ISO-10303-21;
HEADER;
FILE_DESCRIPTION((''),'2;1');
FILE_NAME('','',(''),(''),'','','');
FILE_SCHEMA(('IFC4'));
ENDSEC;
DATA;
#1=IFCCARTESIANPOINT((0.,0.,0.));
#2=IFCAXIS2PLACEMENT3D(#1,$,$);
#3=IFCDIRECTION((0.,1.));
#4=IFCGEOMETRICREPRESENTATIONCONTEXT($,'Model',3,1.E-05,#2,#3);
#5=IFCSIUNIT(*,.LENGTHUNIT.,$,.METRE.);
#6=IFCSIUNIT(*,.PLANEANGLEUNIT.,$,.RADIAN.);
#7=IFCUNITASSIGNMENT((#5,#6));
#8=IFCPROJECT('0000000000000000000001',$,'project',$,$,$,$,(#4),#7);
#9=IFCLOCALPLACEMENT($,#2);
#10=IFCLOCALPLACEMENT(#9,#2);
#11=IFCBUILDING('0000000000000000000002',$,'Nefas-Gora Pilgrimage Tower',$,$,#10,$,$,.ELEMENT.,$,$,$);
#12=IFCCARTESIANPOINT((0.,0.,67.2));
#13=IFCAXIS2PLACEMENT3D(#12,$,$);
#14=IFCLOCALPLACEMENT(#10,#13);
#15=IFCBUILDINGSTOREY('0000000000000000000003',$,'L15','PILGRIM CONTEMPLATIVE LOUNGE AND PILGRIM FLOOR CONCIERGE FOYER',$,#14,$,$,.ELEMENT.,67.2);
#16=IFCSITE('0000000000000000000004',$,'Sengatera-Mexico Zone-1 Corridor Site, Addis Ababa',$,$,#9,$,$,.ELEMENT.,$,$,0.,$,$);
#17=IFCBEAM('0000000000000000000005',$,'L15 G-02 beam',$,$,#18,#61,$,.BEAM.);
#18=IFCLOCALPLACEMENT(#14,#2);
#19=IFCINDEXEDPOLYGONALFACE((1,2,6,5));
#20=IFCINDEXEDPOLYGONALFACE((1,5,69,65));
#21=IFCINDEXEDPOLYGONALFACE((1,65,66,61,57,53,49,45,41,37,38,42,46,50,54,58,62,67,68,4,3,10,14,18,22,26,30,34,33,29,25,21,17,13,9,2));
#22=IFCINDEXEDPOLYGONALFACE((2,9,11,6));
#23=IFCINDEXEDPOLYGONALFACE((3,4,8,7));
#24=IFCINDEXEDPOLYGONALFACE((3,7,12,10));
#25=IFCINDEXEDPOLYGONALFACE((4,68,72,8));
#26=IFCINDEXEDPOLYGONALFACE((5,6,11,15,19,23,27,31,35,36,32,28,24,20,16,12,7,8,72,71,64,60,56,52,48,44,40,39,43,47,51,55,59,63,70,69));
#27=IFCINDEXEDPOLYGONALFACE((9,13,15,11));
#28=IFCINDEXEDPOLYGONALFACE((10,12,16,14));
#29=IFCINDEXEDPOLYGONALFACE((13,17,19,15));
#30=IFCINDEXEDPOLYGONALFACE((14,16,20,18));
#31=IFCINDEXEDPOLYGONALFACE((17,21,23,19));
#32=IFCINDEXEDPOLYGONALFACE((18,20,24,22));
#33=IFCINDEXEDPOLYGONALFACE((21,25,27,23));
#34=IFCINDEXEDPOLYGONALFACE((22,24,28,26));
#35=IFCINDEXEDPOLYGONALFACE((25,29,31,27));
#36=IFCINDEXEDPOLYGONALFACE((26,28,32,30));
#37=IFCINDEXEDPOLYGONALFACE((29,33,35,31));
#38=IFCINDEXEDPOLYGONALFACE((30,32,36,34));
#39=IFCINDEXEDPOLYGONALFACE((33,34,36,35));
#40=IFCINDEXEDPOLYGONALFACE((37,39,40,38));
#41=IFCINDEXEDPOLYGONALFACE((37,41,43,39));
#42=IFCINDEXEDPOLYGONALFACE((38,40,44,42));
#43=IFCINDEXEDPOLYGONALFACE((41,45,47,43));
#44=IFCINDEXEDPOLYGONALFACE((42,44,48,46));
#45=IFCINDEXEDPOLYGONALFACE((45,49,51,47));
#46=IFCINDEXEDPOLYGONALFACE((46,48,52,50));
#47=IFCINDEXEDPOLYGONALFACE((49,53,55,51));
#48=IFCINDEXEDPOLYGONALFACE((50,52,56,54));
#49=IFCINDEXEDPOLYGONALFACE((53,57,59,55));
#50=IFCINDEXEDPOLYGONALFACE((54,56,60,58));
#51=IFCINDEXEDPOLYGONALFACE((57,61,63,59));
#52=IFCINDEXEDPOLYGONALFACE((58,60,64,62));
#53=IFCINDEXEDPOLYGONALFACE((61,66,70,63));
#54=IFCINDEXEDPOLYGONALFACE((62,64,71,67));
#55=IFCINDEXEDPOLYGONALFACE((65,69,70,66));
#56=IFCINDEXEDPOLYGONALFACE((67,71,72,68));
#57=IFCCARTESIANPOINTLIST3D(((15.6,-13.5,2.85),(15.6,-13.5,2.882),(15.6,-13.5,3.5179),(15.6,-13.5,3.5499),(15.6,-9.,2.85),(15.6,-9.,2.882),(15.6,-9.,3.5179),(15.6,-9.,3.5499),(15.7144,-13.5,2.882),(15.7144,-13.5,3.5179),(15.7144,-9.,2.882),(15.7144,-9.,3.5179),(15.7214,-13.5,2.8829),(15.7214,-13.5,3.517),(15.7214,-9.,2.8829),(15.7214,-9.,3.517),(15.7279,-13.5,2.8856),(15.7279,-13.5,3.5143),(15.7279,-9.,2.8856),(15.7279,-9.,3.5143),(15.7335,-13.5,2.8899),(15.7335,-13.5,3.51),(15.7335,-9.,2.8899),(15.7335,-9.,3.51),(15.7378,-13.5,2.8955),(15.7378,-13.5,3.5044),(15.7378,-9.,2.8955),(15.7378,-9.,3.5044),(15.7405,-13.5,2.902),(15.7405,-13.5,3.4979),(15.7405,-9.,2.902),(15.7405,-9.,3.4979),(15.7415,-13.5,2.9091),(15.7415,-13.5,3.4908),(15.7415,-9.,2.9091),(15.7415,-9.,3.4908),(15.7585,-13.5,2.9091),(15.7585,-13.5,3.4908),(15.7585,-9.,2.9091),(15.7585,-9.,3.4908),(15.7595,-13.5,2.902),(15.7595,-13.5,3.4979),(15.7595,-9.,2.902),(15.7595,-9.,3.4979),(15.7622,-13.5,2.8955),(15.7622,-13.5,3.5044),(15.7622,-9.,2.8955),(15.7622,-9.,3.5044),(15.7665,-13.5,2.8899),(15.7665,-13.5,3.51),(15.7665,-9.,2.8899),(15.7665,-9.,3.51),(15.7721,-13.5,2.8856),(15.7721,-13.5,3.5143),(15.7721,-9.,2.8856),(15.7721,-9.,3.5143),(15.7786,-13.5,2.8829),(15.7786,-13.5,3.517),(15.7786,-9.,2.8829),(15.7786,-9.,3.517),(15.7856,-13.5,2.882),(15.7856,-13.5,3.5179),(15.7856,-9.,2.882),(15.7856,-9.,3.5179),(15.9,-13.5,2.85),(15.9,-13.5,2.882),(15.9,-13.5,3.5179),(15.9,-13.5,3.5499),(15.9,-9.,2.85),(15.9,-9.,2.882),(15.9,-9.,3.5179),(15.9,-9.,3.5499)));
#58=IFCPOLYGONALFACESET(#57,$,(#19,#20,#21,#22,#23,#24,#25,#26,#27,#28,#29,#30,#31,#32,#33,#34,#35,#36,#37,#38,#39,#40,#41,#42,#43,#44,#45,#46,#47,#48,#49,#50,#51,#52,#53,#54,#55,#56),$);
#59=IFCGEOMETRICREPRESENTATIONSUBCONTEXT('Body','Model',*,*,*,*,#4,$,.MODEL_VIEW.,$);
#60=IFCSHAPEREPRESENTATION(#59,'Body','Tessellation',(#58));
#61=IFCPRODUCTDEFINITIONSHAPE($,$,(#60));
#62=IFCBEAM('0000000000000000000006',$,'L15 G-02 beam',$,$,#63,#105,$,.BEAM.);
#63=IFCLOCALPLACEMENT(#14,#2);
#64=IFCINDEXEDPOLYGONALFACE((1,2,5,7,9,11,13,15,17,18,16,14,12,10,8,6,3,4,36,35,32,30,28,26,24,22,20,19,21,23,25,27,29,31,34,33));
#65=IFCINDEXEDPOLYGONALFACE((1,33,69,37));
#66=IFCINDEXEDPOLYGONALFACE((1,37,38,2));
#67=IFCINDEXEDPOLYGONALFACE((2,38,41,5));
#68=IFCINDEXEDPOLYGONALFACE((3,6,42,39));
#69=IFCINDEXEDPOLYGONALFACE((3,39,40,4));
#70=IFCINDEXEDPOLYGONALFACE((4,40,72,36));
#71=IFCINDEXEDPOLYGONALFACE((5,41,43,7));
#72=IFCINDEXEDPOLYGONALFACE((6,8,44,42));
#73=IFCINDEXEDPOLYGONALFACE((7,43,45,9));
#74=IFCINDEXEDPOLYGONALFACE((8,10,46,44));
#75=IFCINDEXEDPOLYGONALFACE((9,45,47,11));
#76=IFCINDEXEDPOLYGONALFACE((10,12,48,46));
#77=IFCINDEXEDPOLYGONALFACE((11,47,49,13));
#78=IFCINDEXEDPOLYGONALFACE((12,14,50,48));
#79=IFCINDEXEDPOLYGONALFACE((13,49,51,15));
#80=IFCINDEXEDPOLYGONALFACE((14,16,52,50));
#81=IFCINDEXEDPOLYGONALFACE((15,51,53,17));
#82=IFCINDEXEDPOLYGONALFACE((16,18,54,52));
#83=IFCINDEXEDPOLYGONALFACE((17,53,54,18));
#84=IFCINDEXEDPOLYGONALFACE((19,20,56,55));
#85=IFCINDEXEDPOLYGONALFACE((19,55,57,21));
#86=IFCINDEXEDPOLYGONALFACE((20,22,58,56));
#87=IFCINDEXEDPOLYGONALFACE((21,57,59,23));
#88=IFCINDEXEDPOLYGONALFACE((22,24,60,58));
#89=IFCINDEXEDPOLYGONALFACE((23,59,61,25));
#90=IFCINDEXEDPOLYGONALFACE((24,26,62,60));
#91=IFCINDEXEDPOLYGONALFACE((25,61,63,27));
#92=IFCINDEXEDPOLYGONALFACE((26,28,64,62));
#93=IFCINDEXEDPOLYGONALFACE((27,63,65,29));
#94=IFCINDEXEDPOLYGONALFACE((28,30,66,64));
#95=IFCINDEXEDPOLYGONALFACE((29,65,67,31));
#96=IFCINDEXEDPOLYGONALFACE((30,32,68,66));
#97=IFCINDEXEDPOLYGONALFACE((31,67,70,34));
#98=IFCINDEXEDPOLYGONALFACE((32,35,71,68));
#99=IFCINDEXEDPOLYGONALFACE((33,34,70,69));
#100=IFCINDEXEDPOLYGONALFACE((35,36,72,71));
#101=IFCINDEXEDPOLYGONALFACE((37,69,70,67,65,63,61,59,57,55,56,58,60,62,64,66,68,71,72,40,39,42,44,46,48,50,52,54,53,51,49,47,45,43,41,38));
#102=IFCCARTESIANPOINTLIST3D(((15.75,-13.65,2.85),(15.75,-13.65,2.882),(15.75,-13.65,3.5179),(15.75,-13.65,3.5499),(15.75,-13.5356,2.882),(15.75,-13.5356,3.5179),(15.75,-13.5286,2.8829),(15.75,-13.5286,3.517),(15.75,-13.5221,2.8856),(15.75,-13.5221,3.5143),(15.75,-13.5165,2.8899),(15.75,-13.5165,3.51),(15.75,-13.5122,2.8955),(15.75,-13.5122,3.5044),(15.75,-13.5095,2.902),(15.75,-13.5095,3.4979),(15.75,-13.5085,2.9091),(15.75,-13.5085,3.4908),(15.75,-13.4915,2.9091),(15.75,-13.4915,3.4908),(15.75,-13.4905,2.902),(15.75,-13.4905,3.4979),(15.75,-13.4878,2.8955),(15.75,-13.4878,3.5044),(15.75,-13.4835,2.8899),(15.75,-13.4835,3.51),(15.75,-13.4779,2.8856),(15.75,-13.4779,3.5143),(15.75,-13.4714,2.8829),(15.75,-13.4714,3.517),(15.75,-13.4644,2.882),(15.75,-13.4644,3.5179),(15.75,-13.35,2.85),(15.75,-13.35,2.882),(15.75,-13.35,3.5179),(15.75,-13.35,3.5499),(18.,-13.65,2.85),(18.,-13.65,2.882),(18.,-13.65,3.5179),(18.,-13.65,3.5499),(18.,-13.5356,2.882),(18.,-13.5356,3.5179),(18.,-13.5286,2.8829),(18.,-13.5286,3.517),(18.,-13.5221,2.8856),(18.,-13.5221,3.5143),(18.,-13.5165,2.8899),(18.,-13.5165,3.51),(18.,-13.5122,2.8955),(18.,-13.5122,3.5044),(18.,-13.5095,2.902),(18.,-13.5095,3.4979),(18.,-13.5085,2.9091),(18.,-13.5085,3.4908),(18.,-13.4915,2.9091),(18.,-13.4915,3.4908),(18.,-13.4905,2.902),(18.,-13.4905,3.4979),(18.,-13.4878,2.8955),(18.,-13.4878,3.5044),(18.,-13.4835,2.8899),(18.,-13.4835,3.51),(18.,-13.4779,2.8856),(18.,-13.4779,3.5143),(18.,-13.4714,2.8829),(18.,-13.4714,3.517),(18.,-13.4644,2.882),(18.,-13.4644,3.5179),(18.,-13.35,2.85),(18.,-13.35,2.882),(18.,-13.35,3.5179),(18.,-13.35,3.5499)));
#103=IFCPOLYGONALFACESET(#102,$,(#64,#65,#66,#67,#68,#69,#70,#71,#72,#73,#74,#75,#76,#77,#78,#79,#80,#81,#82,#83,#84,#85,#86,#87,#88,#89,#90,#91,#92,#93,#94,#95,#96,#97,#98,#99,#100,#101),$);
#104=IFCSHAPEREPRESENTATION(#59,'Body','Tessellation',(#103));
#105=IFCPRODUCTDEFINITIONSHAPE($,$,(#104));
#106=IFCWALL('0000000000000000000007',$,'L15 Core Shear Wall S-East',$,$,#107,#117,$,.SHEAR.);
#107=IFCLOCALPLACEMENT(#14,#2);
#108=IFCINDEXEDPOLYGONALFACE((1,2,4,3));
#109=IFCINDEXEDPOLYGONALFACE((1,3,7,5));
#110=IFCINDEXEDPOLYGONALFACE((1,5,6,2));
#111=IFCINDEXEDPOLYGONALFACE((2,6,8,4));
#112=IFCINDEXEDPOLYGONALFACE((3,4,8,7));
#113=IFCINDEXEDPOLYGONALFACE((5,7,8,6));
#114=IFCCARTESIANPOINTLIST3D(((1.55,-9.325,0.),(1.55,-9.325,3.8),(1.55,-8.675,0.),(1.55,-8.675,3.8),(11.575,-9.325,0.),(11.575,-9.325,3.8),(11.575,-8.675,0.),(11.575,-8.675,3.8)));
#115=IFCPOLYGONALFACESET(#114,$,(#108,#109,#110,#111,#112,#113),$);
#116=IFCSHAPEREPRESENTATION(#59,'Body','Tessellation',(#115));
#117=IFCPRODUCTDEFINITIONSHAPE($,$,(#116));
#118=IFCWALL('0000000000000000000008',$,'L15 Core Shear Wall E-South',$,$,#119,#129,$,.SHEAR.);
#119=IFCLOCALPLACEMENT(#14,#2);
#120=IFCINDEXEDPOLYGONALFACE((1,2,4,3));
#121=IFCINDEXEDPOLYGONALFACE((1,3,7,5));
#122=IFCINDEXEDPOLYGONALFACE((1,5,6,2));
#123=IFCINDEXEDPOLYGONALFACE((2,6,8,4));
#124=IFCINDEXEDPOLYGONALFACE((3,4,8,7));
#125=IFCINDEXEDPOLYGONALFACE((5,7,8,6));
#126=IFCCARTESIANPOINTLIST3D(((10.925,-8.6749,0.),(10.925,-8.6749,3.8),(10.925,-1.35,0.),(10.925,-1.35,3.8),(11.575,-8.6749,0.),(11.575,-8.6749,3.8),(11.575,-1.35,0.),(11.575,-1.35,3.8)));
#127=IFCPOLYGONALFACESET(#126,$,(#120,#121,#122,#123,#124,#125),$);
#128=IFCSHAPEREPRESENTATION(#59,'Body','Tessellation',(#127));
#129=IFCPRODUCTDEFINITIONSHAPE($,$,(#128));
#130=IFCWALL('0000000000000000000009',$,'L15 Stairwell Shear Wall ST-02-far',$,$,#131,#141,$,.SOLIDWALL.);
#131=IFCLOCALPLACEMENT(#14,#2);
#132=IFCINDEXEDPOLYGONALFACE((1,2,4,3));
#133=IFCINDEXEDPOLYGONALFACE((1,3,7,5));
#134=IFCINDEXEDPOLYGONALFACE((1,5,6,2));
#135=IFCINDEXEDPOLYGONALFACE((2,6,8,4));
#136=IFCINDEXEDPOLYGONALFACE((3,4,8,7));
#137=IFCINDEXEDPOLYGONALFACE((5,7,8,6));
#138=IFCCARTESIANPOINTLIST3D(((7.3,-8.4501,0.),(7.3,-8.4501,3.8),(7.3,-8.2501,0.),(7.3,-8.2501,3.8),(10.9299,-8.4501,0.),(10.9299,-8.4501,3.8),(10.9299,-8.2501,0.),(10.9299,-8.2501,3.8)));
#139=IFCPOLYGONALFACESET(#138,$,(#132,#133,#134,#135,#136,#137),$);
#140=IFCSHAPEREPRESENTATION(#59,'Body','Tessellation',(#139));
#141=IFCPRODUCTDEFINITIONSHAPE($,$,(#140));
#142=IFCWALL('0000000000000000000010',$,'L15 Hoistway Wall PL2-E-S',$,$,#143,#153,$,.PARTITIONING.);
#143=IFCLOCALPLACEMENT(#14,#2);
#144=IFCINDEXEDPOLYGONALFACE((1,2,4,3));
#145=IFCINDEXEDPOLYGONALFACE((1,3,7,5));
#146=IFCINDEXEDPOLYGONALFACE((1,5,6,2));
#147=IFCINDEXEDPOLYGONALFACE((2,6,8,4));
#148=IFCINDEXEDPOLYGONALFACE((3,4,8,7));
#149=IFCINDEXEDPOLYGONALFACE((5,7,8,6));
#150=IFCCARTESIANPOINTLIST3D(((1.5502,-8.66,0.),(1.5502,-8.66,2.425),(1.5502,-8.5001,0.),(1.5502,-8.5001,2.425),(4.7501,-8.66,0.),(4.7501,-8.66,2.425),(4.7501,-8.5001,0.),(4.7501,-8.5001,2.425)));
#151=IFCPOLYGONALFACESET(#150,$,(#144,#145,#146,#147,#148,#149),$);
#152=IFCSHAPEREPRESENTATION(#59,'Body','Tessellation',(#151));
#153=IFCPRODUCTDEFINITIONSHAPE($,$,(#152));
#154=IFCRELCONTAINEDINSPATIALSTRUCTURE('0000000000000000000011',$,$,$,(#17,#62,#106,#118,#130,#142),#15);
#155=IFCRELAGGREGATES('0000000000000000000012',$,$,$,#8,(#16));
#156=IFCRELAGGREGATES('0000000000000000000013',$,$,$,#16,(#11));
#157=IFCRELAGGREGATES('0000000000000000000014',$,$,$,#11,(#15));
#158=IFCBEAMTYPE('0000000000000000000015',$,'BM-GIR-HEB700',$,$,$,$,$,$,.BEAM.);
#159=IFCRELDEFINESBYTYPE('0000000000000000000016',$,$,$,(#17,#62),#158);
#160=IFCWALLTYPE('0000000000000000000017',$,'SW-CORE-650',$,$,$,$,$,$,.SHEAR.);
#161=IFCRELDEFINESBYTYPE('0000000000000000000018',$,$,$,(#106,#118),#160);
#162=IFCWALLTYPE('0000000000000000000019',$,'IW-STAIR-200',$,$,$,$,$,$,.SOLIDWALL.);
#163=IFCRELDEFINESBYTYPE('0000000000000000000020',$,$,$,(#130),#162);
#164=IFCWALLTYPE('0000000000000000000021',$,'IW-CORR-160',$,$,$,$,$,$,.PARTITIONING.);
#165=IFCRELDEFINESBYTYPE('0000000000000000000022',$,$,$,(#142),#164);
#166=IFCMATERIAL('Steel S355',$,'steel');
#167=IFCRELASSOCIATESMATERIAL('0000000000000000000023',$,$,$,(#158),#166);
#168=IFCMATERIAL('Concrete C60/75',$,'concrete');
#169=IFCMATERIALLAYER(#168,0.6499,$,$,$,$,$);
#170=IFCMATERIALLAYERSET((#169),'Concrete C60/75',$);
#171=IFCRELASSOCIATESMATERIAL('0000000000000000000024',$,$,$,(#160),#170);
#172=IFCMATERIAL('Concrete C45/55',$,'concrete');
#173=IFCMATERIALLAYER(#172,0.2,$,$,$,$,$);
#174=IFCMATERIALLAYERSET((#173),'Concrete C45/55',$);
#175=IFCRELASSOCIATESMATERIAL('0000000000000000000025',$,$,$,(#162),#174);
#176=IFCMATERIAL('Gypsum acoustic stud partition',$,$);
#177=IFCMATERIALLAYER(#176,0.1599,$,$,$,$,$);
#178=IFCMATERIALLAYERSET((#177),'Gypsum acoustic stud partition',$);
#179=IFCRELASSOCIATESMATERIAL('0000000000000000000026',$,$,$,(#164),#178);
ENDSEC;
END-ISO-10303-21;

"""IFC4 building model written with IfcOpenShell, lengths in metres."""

from ifc_helpers import new_model, si_unit, direction, frame, frame_2d, origin, origin_2d, place, context, subcontext, project, spatial, rectangle, i_section, extrude, source, transform, mapped, material, layer, layer_set, material_profile, profile_set, type_object, element, save


model = new_model("IFC4")

# Units and contexts
model_context = context("Model", 3, precision=1e-05, world=origin(), true_north=direction((0.0, 1.0)))
body_context = subcontext(model_context, "Body", "Model", "MODEL_VIEW")
ifc_project = project(units=[si_unit("LENGTHUNIT", "METRE"), si_unit("PLANEANGLEUNIT", "RADIAN")], contexts=[model_context])

# Site, building, storey
site_placement = place(None, origin())
site = spatial("IfcSite", under=ifc_project, at=site_placement, Name="Sengatera-Mexico Zone-1 Corridor Site, Addis Ababa", CompositionType="ELEMENT", RefElevation=0.0)
building_placement = place(site_placement, origin())
building = spatial("IfcBuilding", under=site, at=building_placement, Name="Nefas-Gora Pilgrimage Tower", CompositionType="ELEMENT")
storey_placement = place(building_placement, frame((0.0, 0.0, 67.2)))
storey = spatial("IfcBuildingStorey", under=building, at=storey_placement, Name="L15", Description="PILGRIM CONTEMPLATIVE LOUNGE AND PILGRIM FLOOR CONCIERGE FOYER", CompositionType="ELEMENT", Elevation=67.2)

# Beams
ifc_material_1 = material(Name="Concrete C60/75", Category="concrete")
ifc_material_2 = material(Name="Steel S355", Category="steel")
ifc_material_profile_1 = material_profile(ifc_material_2, i_section(OverallWidth=0.3, OverallDepth=0.7, WebThickness=0.0171, FlangeThickness=0.032, FilletRadius=0.0271, at=origin_2d()), Name="HEB 700")
ifc_profile_set_1 = profile_set([ifc_material_profile_1], Name="Steel S355")
beam_type_1 = type_object("IfcBeamType", Name="BM-GIR-HEB700", PredefinedType="BEAM", material=ifc_profile_set_1)
shared_shape_1 = source(origin(), body_context, "Body", "SweptSolid", [
    extrude(i_section(OverallWidth=0.3, OverallDepth=0.7, WebThickness=0.0171, FlangeThickness=0.032, FilletRadius=0.0271, at=origin_2d()), origin(), (0.0, 0.0, 1.0), 4.5),
])
for number, where, z_axis, x_axis, name in (
    (1, (15.75, -13.5, 3.2), (0.0, 1.0, 0.0), (-1.0, 0.0, 0.0), "L15 G-02 beam"),
):
    element("IfcBeam", number, at=place(storey_placement, frame(where, z_axis=z_axis, x_axis=x_axis)), inside=storey, type_object=beam_type_1, Name=name, PredefinedType="BEAM", context=body_context, shape_type="MappedRepresentation", body=[
        mapped(shared_shape_1, transform((0.0, 0.0, 0.0), x_axis=(1.0, 0.0, 0.0), y_axis=(0.0, 1.0, 0.0), z_axis=(0.0, 0.0, 1.0), scale=1.0)),
    ])
shared_shape_2 = source(origin(), body_context, "Body", "SweptSolid", [
    extrude(i_section(OverallWidth=0.3, OverallDepth=0.7, WebThickness=0.0171, FlangeThickness=0.032, FilletRadius=0.0271, at=origin_2d()), origin(), (0.0, 0.0, 1.0), 2.25),
])
beam_1_placement = place(storey_placement, frame((15.75, -13.5, 3.2), z_axis=(1.0, 0.0, 0.0), x_axis=(0.0, 1.0, 0.0)))
element("IfcBeam", 2, at=beam_1_placement, inside=storey, type_object=beam_type_1, Name="L15 G-02 beam", PredefinedType="BEAM", context=body_context, shape_type="MappedRepresentation", body=[
    mapped(shared_shape_2, transform((0.0, 0.0, 0.0), x_axis=(1.0, 0.0, 0.0), y_axis=(0.0, 1.0, 0.0), z_axis=(0.0, 0.0, 1.0), scale=1.0)),
])

# Walls
ifc_layer_1 = layer(ifc_material_1, 0.6499)
ifc_layer_set_1 = layer_set([ifc_layer_1], Name="Concrete C60/75")
wall_type_1 = type_object("IfcWallType", Name="SW-CORE-650", PredefinedType="SHEAR", material=ifc_layer_set_1)
shared_shape_3 = source(origin(), body_context, "Body", "SweptSolid", [
    extrude(rectangle(XDim=10.0249, YDim=0.6499, at=frame_2d((5.0125, 0.0))), origin(), (0.0, 0.0, 1.0), 3.8),
])
wall_1_placement = place(storey_placement, frame((1.55, -9.0, 0.0), z_axis=(0.0, 0.0, 1.0), x_axis=(1.0, 0.0, 0.0)))
element("IfcWall", 3, at=wall_1_placement, inside=storey, type_object=wall_type_1, Name="L15 Core Shear Wall S-East", PredefinedType="SHEAR", context=body_context, shape_type="MappedRepresentation", body=[
    mapped(shared_shape_3, transform((0.0, 0.0, 0.0), x_axis=(1.0, 0.0, 0.0), y_axis=(0.0, 1.0, 0.0), z_axis=(0.0, 0.0, 1.0), scale=1.0)),
])
shared_shape_4 = source(origin(), body_context, "Body", "SweptSolid", [
    extrude(rectangle(XDim=7.325, YDim=0.6499, at=frame_2d((3.6626, 0.0))), origin(), (0.0, 0.0, 1.0), 3.8),
])
wall_2_placement = place(storey_placement, frame((11.25, -8.675, 0.0), z_axis=(0.0, 0.0, 1.0), x_axis=(0.0, 1.0, 0.0)))
element("IfcWall", 4, at=wall_2_placement, inside=storey, type_object=wall_type_1, Name="L15 Core Shear Wall E-South", PredefinedType="SHEAR", context=body_context, shape_type="MappedRepresentation", body=[
    mapped(shared_shape_4, transform((0.0, 0.0, 0.0), x_axis=(1.0, 0.0, 0.0), y_axis=(0.0, 1.0, 0.0), z_axis=(0.0, 0.0, 1.0), scale=1.0)),
])
ifc_material_3 = material(Name="Concrete C45/55", Category="concrete")
ifc_layer_2 = layer(ifc_material_3, 0.2)
ifc_layer_set_2 = layer_set([ifc_layer_2], Name="Concrete C45/55")
wall_type_2 = type_object("IfcWallType", Name="IW-STAIR-200", PredefinedType="SOLIDWALL", material=ifc_layer_set_2)
shared_shape_5 = source(origin(), body_context, "Body", "SweptSolid", [
    extrude(rectangle(XDim=3.6299, YDim=0.2, at=frame_2d((1.8149, 0.0))), origin(), (0.0, 0.0, 1.0), 3.8),
])
wall_3_placement = place(storey_placement, frame((7.3, -8.3501, 0.0), z_axis=(0.0, 0.0, 1.0), x_axis=(1.0, 0.0, 0.0)))
element("IfcWall", 5, at=wall_3_placement, inside=storey, type_object=wall_type_2, Name="L15 Stairwell Shear Wall ST-02-far", PredefinedType="SOLIDWALL", context=body_context, shape_type="MappedRepresentation", body=[
    mapped(shared_shape_5, transform((0.0, 0.0, 0.0), x_axis=(1.0, 0.0, 0.0), y_axis=(0.0, 1.0, 0.0), z_axis=(0.0, 0.0, 1.0), scale=1.0)),
])
ifc_material_4 = material(Name="Gypsum acoustic stud partition")
ifc_layer_3 = layer(ifc_material_4, 0.1599)
ifc_layer_set_3 = layer_set([ifc_layer_3], Name="Gypsum acoustic stud partition")
wall_type_3 = type_object("IfcWallType", Name="IW-CORR-160", PredefinedType="PARTITIONING", material=ifc_layer_set_3)
shared_shape_6 = source(origin(), body_context, "Body", "SweptSolid", [
    extrude(rectangle(XDim=3.2, YDim=0.1599, at=frame_2d((1.6001, 0.0))), origin(), (0.0, 0.0, 1.0), 2.425),
])
wall_4_placement = place(storey_placement, frame((1.55, -8.5801, 0.0), z_axis=(0.0, 0.0, 1.0), x_axis=(1.0, 0.0, 0.0)))
element("IfcWall", 6, at=wall_4_placement, inside=storey, type_object=wall_type_3, Name="L15 Hoistway Wall PL2-E-S", PredefinedType="PARTITIONING", context=body_context, shape_type="MappedRepresentation", body=[
    mapped(shared_shape_6, transform((0.0, 0.0, 0.0), x_axis=(1.0, 0.0, 0.0), y_axis=(0.0, 1.0, 0.0), z_axis=(0.0, 0.0, 1.0), scale=1.0)),
])

save(model, "model.ifc")
